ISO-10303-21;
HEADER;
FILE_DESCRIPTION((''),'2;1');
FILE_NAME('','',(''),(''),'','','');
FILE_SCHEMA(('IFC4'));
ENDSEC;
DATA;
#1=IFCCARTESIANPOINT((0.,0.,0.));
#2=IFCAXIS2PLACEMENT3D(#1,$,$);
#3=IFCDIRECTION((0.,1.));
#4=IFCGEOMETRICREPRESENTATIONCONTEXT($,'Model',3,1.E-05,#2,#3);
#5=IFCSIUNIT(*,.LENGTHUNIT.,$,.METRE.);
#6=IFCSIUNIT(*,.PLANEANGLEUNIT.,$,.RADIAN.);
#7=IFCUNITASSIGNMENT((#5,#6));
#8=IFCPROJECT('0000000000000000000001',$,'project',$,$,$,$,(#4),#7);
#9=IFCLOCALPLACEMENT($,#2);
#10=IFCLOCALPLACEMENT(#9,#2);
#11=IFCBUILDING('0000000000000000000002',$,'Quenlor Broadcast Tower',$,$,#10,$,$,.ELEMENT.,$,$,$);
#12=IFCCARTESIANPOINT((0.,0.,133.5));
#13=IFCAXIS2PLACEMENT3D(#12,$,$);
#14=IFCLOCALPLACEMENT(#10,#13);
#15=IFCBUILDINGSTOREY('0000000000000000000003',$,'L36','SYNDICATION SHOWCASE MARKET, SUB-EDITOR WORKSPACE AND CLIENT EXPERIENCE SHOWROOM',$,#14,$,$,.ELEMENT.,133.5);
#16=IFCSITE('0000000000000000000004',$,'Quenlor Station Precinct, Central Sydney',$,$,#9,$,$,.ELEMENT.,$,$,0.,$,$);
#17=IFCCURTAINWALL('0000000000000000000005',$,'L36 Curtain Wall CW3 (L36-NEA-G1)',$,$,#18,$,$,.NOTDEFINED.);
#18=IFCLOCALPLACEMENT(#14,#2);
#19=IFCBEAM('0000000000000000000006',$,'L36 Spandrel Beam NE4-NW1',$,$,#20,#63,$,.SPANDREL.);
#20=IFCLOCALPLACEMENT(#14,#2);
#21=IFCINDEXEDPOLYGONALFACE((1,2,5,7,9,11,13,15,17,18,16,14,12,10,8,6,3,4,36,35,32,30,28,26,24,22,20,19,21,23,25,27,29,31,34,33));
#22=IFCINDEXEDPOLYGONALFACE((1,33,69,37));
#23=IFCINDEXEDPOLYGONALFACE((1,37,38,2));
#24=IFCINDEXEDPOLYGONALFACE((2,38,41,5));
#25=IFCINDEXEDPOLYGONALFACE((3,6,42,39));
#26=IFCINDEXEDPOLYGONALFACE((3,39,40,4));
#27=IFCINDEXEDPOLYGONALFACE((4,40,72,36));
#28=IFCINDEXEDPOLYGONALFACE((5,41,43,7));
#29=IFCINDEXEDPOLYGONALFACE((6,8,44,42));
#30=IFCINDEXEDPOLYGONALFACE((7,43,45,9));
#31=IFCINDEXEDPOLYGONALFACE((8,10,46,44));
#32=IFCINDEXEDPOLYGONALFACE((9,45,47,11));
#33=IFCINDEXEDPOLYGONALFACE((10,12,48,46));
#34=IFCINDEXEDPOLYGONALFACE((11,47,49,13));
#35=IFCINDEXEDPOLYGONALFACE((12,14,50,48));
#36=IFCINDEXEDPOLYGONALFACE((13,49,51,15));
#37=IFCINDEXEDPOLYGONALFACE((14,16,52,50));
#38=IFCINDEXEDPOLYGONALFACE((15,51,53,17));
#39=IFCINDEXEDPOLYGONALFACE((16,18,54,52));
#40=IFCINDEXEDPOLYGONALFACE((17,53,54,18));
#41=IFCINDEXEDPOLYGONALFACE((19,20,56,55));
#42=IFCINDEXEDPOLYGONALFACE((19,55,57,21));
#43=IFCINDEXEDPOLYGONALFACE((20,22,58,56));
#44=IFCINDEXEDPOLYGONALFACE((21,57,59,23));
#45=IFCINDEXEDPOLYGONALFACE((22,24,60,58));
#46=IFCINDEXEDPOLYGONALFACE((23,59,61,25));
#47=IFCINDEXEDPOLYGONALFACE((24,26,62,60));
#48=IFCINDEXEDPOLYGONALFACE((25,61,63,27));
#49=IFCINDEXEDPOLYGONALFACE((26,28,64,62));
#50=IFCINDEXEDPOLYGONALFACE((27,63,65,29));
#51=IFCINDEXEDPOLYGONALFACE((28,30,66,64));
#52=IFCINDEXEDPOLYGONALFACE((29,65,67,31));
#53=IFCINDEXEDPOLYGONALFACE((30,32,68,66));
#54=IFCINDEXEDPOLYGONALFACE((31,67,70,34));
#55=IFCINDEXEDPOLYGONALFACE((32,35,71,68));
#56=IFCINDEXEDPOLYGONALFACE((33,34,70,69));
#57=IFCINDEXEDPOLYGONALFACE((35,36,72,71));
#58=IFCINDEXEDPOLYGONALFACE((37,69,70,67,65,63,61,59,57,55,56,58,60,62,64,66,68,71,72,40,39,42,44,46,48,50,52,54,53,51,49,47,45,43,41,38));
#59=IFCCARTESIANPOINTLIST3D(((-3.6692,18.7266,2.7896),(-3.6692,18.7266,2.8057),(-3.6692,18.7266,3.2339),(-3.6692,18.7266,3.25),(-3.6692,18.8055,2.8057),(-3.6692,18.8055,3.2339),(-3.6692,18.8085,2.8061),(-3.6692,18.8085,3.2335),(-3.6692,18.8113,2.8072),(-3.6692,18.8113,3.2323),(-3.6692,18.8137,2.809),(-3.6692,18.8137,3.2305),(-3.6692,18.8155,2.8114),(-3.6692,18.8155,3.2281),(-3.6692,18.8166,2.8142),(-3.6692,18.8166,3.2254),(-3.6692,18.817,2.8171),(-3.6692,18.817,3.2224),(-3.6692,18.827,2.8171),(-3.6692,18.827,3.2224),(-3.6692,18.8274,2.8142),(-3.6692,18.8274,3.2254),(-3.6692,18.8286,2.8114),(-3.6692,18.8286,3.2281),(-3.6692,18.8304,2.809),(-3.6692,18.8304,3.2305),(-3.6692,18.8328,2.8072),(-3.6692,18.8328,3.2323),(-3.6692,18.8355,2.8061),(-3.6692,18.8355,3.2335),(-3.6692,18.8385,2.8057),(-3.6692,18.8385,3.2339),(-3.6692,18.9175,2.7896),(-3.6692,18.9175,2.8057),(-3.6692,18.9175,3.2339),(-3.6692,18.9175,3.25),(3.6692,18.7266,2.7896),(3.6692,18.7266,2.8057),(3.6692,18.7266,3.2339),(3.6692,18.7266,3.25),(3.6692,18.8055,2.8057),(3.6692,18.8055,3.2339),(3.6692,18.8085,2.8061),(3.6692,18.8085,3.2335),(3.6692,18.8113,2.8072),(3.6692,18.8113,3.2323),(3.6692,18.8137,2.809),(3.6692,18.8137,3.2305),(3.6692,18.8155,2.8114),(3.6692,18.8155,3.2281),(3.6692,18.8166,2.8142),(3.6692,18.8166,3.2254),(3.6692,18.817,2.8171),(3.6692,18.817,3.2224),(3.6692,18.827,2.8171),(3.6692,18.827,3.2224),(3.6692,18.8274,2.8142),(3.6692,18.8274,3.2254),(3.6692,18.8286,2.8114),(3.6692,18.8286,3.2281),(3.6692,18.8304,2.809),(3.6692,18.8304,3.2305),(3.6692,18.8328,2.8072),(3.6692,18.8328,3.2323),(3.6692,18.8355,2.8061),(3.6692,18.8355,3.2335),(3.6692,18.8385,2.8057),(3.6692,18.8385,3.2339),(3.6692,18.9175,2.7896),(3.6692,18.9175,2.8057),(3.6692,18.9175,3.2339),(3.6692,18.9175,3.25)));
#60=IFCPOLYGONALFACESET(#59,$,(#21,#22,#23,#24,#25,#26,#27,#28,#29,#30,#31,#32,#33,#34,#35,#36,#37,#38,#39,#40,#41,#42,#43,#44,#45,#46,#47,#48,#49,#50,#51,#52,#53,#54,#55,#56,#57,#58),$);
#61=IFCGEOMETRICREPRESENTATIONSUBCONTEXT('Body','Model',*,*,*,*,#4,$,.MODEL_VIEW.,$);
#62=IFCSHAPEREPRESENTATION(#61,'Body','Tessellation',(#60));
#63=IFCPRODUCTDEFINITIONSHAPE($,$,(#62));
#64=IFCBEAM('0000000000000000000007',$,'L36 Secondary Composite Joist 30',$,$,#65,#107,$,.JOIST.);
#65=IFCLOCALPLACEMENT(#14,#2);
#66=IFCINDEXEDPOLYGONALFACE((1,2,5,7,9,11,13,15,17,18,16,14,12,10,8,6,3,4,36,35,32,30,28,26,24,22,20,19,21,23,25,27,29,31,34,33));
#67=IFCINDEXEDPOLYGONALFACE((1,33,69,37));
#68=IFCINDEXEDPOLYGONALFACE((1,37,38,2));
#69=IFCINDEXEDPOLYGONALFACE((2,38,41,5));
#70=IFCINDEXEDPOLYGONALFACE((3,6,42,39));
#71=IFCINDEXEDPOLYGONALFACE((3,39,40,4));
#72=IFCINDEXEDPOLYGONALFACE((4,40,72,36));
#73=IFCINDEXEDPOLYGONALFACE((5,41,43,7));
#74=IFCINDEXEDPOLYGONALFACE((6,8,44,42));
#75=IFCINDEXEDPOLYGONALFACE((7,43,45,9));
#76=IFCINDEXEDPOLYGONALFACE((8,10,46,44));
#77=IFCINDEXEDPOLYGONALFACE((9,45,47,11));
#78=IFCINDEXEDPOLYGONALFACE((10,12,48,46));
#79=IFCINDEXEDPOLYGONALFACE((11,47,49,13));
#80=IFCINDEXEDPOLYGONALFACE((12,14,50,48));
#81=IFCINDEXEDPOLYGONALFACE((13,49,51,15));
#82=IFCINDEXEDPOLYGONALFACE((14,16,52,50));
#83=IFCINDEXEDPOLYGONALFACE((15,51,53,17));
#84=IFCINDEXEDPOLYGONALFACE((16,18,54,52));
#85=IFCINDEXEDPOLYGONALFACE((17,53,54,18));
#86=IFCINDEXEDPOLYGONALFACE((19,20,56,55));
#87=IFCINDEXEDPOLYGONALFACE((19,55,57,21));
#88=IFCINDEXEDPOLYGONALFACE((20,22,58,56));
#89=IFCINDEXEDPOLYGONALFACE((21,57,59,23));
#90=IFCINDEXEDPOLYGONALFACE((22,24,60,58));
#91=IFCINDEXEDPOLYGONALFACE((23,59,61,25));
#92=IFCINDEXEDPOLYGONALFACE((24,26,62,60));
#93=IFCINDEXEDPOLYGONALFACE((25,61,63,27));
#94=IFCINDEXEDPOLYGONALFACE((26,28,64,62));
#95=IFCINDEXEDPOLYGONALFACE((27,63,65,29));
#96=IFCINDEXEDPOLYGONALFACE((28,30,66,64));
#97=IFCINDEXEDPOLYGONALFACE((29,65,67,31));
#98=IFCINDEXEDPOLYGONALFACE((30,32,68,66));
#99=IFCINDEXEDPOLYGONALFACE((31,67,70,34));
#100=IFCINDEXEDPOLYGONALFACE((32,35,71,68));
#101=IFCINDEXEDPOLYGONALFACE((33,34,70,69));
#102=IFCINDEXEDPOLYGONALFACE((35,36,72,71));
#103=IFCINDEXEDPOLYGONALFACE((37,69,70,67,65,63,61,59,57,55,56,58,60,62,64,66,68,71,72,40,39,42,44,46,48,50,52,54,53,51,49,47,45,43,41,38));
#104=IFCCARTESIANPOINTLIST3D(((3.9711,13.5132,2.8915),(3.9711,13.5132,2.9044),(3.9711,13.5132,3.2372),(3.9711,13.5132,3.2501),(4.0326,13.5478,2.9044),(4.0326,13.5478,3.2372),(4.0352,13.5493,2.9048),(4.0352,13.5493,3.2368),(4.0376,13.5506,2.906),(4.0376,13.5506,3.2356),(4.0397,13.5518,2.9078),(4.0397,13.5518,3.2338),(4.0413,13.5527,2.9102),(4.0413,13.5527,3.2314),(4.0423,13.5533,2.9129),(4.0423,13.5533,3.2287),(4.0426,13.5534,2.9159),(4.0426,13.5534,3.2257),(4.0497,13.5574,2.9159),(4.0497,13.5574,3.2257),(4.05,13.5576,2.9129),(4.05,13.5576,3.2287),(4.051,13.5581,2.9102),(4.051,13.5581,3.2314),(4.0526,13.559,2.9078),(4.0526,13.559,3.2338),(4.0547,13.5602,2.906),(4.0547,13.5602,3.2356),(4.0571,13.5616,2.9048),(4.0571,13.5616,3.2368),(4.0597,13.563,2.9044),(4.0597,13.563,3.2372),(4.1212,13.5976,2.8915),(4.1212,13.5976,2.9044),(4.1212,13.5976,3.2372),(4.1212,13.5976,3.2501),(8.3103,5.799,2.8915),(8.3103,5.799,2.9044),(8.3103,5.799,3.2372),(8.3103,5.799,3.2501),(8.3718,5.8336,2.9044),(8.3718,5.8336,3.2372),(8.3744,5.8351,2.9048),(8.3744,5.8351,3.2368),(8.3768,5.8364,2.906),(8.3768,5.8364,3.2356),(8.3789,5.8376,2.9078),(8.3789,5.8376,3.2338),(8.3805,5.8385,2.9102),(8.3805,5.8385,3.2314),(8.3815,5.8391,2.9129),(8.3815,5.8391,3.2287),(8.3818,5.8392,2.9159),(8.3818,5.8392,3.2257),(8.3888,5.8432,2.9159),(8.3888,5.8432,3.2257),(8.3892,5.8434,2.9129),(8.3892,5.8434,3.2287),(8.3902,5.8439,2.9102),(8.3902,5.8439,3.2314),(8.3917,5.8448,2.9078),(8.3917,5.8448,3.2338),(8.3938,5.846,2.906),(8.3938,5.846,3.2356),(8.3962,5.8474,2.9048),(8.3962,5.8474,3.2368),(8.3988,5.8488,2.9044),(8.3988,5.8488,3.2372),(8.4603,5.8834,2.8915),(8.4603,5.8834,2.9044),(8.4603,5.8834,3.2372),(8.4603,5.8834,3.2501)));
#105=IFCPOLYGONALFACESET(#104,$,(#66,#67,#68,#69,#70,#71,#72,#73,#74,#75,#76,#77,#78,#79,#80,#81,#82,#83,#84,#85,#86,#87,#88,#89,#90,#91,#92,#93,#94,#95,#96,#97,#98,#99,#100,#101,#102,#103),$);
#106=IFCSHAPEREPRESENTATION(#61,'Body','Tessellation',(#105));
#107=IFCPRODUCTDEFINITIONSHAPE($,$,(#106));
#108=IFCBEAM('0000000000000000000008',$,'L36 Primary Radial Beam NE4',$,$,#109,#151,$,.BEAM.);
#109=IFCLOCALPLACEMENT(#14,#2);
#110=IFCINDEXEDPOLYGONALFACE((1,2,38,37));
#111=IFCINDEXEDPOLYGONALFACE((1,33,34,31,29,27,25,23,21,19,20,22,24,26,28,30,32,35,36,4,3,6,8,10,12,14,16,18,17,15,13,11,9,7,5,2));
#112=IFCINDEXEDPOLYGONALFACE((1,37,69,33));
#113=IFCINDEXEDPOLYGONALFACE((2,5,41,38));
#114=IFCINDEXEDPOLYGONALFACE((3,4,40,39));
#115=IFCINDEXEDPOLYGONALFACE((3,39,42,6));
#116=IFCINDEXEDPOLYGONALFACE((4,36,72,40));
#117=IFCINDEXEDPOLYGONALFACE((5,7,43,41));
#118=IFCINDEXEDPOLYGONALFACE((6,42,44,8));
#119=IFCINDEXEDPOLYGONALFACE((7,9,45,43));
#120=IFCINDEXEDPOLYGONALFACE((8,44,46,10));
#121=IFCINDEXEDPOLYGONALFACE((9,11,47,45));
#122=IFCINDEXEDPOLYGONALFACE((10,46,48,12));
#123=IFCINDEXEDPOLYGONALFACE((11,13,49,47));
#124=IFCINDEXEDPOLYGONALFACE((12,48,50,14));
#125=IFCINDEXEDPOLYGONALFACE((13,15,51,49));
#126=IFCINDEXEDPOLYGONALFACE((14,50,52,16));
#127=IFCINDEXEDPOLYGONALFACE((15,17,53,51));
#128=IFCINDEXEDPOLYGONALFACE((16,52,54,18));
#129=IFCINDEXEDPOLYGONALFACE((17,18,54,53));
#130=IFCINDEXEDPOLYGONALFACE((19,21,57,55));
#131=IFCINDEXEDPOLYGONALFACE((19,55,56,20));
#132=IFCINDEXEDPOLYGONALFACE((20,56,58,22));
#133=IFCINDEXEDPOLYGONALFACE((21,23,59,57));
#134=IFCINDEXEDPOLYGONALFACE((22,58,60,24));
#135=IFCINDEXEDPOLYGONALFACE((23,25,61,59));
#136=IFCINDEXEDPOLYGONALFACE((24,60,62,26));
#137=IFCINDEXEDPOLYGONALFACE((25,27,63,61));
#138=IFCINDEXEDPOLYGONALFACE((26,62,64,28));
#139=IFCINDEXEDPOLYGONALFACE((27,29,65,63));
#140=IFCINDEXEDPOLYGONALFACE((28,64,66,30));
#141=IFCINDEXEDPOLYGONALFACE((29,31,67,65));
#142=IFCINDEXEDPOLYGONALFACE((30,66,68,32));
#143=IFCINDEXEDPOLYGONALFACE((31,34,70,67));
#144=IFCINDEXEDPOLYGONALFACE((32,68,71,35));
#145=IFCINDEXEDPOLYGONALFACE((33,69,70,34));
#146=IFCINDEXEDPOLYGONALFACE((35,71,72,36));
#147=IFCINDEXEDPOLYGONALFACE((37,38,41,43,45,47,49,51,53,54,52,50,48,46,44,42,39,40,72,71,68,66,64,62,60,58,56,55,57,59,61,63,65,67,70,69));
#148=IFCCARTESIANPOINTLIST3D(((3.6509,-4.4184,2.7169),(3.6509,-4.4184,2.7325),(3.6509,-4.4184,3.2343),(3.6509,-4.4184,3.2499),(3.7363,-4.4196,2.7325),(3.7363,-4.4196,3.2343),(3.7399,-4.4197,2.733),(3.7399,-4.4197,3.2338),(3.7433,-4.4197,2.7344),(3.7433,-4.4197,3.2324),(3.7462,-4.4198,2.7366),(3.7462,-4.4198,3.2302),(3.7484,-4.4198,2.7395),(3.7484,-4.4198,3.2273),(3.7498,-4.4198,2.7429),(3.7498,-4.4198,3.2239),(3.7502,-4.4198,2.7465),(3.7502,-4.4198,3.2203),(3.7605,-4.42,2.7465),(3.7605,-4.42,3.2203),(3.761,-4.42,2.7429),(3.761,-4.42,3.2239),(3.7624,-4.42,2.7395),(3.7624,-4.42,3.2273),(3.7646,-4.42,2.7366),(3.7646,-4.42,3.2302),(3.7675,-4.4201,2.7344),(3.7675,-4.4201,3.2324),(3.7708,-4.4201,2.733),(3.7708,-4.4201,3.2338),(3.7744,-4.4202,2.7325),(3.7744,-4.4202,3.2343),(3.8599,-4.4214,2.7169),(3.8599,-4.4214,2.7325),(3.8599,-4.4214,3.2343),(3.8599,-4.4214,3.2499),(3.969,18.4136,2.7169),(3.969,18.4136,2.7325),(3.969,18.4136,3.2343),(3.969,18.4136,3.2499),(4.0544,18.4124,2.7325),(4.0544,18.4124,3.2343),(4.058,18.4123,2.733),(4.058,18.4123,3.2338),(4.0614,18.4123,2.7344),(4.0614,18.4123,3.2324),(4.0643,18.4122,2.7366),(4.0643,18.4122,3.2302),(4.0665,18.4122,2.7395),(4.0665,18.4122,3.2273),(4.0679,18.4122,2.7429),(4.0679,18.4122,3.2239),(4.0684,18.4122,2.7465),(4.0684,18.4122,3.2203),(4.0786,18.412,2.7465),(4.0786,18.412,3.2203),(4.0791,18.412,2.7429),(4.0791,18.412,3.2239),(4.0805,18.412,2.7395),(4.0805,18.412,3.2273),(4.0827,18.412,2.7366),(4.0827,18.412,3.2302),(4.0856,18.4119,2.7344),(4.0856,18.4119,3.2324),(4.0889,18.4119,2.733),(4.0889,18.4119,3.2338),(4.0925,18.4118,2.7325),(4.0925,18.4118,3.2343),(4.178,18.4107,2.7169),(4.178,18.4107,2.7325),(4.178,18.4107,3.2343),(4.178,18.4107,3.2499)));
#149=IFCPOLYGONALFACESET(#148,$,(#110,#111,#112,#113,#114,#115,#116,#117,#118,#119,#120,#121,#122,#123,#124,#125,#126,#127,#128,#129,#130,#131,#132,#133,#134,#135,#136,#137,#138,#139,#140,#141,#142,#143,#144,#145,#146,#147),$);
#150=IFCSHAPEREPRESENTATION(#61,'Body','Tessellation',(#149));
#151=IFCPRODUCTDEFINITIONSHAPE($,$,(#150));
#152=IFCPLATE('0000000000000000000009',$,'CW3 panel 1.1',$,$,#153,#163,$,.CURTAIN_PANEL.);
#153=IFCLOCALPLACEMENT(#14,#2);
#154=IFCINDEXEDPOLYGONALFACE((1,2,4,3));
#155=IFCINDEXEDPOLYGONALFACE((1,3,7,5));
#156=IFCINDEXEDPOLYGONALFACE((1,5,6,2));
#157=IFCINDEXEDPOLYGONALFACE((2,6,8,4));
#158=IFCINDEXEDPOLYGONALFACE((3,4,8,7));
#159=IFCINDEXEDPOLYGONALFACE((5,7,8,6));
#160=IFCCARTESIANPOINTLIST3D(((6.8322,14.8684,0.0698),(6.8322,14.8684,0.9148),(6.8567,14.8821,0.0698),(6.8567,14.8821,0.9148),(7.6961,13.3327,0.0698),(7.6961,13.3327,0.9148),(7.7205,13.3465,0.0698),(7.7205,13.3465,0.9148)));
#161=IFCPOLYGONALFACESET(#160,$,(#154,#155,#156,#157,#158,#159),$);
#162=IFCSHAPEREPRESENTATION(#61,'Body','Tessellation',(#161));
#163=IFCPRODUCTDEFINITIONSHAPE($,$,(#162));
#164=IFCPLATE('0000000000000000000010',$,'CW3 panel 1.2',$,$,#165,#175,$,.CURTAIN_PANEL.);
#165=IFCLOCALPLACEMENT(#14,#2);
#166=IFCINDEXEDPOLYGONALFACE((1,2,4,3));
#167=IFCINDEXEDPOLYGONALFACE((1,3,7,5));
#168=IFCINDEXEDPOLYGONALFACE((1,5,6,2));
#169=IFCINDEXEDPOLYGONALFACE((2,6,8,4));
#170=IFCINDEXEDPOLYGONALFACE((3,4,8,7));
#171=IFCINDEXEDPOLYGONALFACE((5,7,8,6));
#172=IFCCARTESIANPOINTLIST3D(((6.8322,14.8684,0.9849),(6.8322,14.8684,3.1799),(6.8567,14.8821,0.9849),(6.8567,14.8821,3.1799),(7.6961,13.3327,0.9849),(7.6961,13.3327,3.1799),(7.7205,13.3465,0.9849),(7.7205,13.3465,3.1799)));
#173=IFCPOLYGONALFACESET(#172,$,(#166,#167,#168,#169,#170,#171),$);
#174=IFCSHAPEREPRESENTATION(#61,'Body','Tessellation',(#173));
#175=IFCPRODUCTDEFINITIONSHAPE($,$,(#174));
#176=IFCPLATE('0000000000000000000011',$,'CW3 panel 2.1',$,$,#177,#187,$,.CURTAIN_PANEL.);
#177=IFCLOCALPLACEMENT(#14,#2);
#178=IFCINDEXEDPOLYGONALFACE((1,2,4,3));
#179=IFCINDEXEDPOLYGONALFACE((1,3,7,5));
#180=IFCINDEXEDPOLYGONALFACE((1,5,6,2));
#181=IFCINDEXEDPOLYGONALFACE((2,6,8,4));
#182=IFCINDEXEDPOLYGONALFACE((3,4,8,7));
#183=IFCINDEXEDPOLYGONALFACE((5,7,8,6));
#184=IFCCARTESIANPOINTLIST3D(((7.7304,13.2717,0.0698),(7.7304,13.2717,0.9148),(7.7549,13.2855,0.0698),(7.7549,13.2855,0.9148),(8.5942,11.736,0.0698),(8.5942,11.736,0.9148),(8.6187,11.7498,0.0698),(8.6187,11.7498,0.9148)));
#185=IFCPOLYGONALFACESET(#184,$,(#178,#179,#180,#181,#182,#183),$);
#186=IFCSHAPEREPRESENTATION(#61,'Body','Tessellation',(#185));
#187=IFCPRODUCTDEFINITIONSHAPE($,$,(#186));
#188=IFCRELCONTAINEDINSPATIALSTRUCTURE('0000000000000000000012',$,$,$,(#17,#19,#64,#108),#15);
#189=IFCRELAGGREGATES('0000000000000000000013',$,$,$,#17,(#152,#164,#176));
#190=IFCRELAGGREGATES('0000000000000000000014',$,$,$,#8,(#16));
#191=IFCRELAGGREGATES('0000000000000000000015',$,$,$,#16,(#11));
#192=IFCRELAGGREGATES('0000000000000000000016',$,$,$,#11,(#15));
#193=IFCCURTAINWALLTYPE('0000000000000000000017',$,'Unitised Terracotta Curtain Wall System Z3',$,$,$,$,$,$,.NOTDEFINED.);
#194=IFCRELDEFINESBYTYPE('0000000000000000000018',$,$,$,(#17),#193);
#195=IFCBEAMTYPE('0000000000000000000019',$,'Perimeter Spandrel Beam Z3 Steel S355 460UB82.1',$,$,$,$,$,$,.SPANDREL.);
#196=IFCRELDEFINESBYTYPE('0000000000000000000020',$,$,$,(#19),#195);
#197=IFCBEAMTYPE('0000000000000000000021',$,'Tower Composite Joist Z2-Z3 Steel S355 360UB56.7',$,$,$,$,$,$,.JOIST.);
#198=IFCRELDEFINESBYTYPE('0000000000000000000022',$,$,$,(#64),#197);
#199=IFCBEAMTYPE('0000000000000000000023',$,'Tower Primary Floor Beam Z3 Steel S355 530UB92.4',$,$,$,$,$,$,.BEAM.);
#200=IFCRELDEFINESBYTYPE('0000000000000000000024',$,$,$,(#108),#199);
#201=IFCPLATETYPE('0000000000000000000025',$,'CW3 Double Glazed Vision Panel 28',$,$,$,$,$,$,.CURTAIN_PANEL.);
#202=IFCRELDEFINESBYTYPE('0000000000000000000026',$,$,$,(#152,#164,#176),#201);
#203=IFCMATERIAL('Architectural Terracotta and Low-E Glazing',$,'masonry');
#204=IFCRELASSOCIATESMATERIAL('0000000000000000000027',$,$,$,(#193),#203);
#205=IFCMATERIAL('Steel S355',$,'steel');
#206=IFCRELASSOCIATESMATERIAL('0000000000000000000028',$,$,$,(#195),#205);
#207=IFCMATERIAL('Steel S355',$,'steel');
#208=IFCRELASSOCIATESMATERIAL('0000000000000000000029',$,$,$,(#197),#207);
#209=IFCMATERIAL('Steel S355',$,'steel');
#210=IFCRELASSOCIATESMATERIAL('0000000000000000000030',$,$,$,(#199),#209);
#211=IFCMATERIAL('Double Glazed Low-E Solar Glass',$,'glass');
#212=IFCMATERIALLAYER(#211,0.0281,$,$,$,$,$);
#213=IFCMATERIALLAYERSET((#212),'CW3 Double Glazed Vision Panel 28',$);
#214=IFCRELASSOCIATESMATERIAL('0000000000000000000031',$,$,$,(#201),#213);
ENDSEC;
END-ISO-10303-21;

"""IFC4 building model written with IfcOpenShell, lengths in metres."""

from ifc_helpers import new_model, si_unit, direction, frame, origin, origin_2d, place, context, subcontext, project, spatial, rectangle, i_section, extrude, material, layer, layer_set, material_profile, profile_set, type_object, element, aggregate, save


model = new_model("IFC4")

# Units and contexts
model_context = context("Model", 3, precision=1e-05, world=origin(), true_north=direction((0.0, 1.0)))
body_context = subcontext(model_context, "Body", "Model", "MODEL_VIEW")
ifc_project = project(units=[si_unit("LENGTHUNIT", "METRE"), si_unit("PLANEANGLEUNIT", "RADIAN")], contexts=[model_context])

# Site, building, storey
site_placement = place(None, origin())
site = spatial("IfcSite", under=ifc_project, at=site_placement, Name="Quenlor Station Precinct, Central Sydney", CompositionType="ELEMENT", RefElevation=0.0)
building_placement = place(site_placement, origin())
building = spatial("IfcBuilding", under=site, at=building_placement, Name="Quenlor Broadcast Tower", CompositionType="ELEMENT")
storey_placement = place(building_placement, frame((0.0, 0.0, 133.5)))
storey = spatial("IfcBuildingStorey", under=building, at=storey_placement, Name="L36", Description="SYNDICATION SHOWCASE MARKET, SUB-EDITOR WORKSPACE AND CLIENT EXPERIENCE SHOWROOM", CompositionType="ELEMENT", Elevation=133.5)

# Curtain wall
ifc_material_1 = material(Name="Architectural Terracotta and Low-E Glazing", Category="masonry")
curtain_wall_type = type_object("IfcCurtainWallType", Name="Unitised Terracotta Curtain Wall System Z3", PredefinedType="NOTDEFINED", material=ifc_material_1)
curtain_wall_placement = place(storey_placement, origin())
curtain_wall = element("IfcCurtainWall", 1, at=curtain_wall_placement, inside=storey, type_object=curtain_wall_type, Name="L36 Curtain Wall CW3 (L36-NEA-G1)", PredefinedType="NOTDEFINED")

# Beams
ifc_material_2 = material(Name="Steel S355", Category="steel")
ifc_material_profile_1 = material_profile(ifc_material_2, i_section(OverallWidth=0.1909, OverallDepth=0.4604, WebThickness=0.01, FlangeThickness=0.0161, FilletRadius=0.0115, at=origin_2d()))
ifc_profile_set_1 = profile_set([ifc_material_profile_1], Name="Steel S355 460UB82.1")
beam_type_1 = type_object("IfcBeamType", Name="Perimeter Spandrel Beam Z3 Steel S355 460UB82.1", PredefinedType="SPANDREL", material=ifc_profile_set_1)
beam_1_placement = place(storey_placement, frame((3.6692, 18.822, 3.0198), z_axis=(-1.0, 0.0, 0.0), x_axis=(0.0, -1.0, 0.0)))
element("IfcBeam", 2, at=beam_1_placement, inside=storey, type_object=beam_type_1, Name="L36 Spandrel Beam NE4-NW1", PredefinedType="SPANDREL", context=body_context, shape_type="SweptSolid", body=[
    extrude(i_section(OverallWidth=0.1909, OverallDepth=0.4604, WebThickness=0.01, FlangeThickness=0.0161, FilletRadius=0.0115, at=origin_2d()), origin(), (0.0, 0.0, 1.0), 7.3384),
])
ifc_material_3 = material(Name="Steel S355", Category="steel")
ifc_material_profile_2 = material_profile(ifc_material_3, i_section(OverallWidth=0.1721, OverallDepth=0.3586, WebThickness=0.0081, FlangeThickness=0.0129, FilletRadius=0.0115, at=origin_2d()))
ifc_profile_set_2 = profile_set([ifc_material_profile_2], Name="Steel S355 360UB56.7")
beam_type_2 = type_object("IfcBeamType", Name="Tower Composite Joist Z2-Z3 Steel S355 360UB56.7", PredefinedType="JOIST", material=ifc_profile_set_2)
beam_2_placement = place(storey_placement, frame((4.0461, 13.5554, 3.0708), z_axis=(0.490255, -0.871579, 0.0), x_axis=(0.871579, 0.490255, 0.0)))
element("IfcBeam", 3, at=beam_2_placement, inside=storey, type_object=beam_type_2, Name="L36 Secondary Composite Joist 30", PredefinedType="JOIST", context=body_context, shape_type="SweptSolid", body=[
    extrude(i_section(OverallWidth=0.1721, OverallDepth=0.3586, WebThickness=0.0081, FlangeThickness=0.0129, FilletRadius=0.0115, at=origin_2d()), origin(), (0.0, 0.0, 1.0), 8.8508),
])
ifc_material_4 = material(Name="Steel S355", Category="steel")
ifc_material_profile_3 = material_profile(ifc_material_4, i_section(OverallWidth=0.209, OverallDepth=0.533, WebThickness=0.0103, FlangeThickness=0.0156, FilletRadius=0.0139, at=origin_2d()))
ifc_profile_set_3 = profile_set([ifc_material_profile_3], Name="Steel S355 530UB92.4")
beam_type_3 = type_object("IfcBeamType", Name="Tower Primary Floor Beam Z3 Steel S355 530UB92.4", PredefinedType="BEAM", material=ifc_profile_set_3)
beam_3_placement = place(storey_placement, frame((4.0735, 18.4121, 2.9834), z_axis=(-0.013931, -0.999903, 0.0), x_axis=(0.999903, -0.013931, 0.0)))
element("IfcBeam", 4, at=beam_3_placement, inside=storey, type_object=beam_type_3, Name="L36 Primary Radial Beam NE4", PredefinedType="BEAM", context=body_context, shape_type="SweptSolid", body=[
    extrude(i_section(OverallWidth=0.209, OverallDepth=0.533, WebThickness=0.0103, FlangeThickness=0.0156, FilletRadius=0.0139, at=origin_2d()), origin(), (0.0, 0.0, 1.0), 22.8342),
])

# Plates
ifc_material_5 = material(Name="Double Glazed Low-E Solar Glass", Category="glass")
ifc_layer_1 = layer(ifc_material_5, 0.0281)
ifc_layer_set_1 = layer_set([ifc_layer_1], Name="CW3 Double Glazed Vision Panel 28")
plate_type_1 = type_object("IfcPlateType", Name="CW3 Double Glazed Vision Panel 28", PredefinedType="CURTAIN_PANEL", material=ifc_layer_set_1)
plate_1_placement = place(storey_placement, frame((7.2764, 14.1074, 0.0698), z_axis=(0.0, 0.0, 1.0), x_axis=(0.49027, -0.871571, 0.0)))
plate_1 = element("IfcPlate", 5, at=plate_1_placement, type_object=plate_type_1, Name="CW3 panel 1.1", PredefinedType="CURTAIN_PANEL", context=body_context, shape_type="SweptSolid", body=[
    extrude(rectangle(XDim=1.762, YDim=0.0281, at=origin_2d()), origin(), (0.0, 0.0, 1.0), 0.845),
])
plate_2_placement = place(storey_placement, frame((7.2764, 14.1074, 0.9849), z_axis=(0.0, 0.0, 1.0), x_axis=(0.49027, -0.871571, 0.0)))
plate_2 = element("IfcPlate", 6, at=plate_2_placement, type_object=plate_type_1, Name="CW3 panel 1.2", PredefinedType="CURTAIN_PANEL", context=body_context, shape_type="SweptSolid", body=[
    extrude(rectangle(XDim=1.762, YDim=0.0281, at=origin_2d()), origin(), (0.0, 0.0, 1.0), 2.1951),
])
plate_3_placement = place(storey_placement, frame((8.1746, 12.5107, 0.0698), z_axis=(0.0, 0.0, 1.0), x_axis=(0.49027, -0.871571, 0.0)))
plate_3 = element("IfcPlate", 7, at=plate_3_placement, type_object=plate_type_1, Name="CW3 panel 2.1", PredefinedType="CURTAIN_PANEL", context=body_context, shape_type="SweptSolid", body=[
    extrude(rectangle(XDim=1.762, YDim=0.0281, at=origin_2d()), origin(), (0.0, 0.0, 1.0), 0.845),
])
aggregate(curtain_wall, [plate_1, plate_2, plate_3])

save(model, "model.ifc")
